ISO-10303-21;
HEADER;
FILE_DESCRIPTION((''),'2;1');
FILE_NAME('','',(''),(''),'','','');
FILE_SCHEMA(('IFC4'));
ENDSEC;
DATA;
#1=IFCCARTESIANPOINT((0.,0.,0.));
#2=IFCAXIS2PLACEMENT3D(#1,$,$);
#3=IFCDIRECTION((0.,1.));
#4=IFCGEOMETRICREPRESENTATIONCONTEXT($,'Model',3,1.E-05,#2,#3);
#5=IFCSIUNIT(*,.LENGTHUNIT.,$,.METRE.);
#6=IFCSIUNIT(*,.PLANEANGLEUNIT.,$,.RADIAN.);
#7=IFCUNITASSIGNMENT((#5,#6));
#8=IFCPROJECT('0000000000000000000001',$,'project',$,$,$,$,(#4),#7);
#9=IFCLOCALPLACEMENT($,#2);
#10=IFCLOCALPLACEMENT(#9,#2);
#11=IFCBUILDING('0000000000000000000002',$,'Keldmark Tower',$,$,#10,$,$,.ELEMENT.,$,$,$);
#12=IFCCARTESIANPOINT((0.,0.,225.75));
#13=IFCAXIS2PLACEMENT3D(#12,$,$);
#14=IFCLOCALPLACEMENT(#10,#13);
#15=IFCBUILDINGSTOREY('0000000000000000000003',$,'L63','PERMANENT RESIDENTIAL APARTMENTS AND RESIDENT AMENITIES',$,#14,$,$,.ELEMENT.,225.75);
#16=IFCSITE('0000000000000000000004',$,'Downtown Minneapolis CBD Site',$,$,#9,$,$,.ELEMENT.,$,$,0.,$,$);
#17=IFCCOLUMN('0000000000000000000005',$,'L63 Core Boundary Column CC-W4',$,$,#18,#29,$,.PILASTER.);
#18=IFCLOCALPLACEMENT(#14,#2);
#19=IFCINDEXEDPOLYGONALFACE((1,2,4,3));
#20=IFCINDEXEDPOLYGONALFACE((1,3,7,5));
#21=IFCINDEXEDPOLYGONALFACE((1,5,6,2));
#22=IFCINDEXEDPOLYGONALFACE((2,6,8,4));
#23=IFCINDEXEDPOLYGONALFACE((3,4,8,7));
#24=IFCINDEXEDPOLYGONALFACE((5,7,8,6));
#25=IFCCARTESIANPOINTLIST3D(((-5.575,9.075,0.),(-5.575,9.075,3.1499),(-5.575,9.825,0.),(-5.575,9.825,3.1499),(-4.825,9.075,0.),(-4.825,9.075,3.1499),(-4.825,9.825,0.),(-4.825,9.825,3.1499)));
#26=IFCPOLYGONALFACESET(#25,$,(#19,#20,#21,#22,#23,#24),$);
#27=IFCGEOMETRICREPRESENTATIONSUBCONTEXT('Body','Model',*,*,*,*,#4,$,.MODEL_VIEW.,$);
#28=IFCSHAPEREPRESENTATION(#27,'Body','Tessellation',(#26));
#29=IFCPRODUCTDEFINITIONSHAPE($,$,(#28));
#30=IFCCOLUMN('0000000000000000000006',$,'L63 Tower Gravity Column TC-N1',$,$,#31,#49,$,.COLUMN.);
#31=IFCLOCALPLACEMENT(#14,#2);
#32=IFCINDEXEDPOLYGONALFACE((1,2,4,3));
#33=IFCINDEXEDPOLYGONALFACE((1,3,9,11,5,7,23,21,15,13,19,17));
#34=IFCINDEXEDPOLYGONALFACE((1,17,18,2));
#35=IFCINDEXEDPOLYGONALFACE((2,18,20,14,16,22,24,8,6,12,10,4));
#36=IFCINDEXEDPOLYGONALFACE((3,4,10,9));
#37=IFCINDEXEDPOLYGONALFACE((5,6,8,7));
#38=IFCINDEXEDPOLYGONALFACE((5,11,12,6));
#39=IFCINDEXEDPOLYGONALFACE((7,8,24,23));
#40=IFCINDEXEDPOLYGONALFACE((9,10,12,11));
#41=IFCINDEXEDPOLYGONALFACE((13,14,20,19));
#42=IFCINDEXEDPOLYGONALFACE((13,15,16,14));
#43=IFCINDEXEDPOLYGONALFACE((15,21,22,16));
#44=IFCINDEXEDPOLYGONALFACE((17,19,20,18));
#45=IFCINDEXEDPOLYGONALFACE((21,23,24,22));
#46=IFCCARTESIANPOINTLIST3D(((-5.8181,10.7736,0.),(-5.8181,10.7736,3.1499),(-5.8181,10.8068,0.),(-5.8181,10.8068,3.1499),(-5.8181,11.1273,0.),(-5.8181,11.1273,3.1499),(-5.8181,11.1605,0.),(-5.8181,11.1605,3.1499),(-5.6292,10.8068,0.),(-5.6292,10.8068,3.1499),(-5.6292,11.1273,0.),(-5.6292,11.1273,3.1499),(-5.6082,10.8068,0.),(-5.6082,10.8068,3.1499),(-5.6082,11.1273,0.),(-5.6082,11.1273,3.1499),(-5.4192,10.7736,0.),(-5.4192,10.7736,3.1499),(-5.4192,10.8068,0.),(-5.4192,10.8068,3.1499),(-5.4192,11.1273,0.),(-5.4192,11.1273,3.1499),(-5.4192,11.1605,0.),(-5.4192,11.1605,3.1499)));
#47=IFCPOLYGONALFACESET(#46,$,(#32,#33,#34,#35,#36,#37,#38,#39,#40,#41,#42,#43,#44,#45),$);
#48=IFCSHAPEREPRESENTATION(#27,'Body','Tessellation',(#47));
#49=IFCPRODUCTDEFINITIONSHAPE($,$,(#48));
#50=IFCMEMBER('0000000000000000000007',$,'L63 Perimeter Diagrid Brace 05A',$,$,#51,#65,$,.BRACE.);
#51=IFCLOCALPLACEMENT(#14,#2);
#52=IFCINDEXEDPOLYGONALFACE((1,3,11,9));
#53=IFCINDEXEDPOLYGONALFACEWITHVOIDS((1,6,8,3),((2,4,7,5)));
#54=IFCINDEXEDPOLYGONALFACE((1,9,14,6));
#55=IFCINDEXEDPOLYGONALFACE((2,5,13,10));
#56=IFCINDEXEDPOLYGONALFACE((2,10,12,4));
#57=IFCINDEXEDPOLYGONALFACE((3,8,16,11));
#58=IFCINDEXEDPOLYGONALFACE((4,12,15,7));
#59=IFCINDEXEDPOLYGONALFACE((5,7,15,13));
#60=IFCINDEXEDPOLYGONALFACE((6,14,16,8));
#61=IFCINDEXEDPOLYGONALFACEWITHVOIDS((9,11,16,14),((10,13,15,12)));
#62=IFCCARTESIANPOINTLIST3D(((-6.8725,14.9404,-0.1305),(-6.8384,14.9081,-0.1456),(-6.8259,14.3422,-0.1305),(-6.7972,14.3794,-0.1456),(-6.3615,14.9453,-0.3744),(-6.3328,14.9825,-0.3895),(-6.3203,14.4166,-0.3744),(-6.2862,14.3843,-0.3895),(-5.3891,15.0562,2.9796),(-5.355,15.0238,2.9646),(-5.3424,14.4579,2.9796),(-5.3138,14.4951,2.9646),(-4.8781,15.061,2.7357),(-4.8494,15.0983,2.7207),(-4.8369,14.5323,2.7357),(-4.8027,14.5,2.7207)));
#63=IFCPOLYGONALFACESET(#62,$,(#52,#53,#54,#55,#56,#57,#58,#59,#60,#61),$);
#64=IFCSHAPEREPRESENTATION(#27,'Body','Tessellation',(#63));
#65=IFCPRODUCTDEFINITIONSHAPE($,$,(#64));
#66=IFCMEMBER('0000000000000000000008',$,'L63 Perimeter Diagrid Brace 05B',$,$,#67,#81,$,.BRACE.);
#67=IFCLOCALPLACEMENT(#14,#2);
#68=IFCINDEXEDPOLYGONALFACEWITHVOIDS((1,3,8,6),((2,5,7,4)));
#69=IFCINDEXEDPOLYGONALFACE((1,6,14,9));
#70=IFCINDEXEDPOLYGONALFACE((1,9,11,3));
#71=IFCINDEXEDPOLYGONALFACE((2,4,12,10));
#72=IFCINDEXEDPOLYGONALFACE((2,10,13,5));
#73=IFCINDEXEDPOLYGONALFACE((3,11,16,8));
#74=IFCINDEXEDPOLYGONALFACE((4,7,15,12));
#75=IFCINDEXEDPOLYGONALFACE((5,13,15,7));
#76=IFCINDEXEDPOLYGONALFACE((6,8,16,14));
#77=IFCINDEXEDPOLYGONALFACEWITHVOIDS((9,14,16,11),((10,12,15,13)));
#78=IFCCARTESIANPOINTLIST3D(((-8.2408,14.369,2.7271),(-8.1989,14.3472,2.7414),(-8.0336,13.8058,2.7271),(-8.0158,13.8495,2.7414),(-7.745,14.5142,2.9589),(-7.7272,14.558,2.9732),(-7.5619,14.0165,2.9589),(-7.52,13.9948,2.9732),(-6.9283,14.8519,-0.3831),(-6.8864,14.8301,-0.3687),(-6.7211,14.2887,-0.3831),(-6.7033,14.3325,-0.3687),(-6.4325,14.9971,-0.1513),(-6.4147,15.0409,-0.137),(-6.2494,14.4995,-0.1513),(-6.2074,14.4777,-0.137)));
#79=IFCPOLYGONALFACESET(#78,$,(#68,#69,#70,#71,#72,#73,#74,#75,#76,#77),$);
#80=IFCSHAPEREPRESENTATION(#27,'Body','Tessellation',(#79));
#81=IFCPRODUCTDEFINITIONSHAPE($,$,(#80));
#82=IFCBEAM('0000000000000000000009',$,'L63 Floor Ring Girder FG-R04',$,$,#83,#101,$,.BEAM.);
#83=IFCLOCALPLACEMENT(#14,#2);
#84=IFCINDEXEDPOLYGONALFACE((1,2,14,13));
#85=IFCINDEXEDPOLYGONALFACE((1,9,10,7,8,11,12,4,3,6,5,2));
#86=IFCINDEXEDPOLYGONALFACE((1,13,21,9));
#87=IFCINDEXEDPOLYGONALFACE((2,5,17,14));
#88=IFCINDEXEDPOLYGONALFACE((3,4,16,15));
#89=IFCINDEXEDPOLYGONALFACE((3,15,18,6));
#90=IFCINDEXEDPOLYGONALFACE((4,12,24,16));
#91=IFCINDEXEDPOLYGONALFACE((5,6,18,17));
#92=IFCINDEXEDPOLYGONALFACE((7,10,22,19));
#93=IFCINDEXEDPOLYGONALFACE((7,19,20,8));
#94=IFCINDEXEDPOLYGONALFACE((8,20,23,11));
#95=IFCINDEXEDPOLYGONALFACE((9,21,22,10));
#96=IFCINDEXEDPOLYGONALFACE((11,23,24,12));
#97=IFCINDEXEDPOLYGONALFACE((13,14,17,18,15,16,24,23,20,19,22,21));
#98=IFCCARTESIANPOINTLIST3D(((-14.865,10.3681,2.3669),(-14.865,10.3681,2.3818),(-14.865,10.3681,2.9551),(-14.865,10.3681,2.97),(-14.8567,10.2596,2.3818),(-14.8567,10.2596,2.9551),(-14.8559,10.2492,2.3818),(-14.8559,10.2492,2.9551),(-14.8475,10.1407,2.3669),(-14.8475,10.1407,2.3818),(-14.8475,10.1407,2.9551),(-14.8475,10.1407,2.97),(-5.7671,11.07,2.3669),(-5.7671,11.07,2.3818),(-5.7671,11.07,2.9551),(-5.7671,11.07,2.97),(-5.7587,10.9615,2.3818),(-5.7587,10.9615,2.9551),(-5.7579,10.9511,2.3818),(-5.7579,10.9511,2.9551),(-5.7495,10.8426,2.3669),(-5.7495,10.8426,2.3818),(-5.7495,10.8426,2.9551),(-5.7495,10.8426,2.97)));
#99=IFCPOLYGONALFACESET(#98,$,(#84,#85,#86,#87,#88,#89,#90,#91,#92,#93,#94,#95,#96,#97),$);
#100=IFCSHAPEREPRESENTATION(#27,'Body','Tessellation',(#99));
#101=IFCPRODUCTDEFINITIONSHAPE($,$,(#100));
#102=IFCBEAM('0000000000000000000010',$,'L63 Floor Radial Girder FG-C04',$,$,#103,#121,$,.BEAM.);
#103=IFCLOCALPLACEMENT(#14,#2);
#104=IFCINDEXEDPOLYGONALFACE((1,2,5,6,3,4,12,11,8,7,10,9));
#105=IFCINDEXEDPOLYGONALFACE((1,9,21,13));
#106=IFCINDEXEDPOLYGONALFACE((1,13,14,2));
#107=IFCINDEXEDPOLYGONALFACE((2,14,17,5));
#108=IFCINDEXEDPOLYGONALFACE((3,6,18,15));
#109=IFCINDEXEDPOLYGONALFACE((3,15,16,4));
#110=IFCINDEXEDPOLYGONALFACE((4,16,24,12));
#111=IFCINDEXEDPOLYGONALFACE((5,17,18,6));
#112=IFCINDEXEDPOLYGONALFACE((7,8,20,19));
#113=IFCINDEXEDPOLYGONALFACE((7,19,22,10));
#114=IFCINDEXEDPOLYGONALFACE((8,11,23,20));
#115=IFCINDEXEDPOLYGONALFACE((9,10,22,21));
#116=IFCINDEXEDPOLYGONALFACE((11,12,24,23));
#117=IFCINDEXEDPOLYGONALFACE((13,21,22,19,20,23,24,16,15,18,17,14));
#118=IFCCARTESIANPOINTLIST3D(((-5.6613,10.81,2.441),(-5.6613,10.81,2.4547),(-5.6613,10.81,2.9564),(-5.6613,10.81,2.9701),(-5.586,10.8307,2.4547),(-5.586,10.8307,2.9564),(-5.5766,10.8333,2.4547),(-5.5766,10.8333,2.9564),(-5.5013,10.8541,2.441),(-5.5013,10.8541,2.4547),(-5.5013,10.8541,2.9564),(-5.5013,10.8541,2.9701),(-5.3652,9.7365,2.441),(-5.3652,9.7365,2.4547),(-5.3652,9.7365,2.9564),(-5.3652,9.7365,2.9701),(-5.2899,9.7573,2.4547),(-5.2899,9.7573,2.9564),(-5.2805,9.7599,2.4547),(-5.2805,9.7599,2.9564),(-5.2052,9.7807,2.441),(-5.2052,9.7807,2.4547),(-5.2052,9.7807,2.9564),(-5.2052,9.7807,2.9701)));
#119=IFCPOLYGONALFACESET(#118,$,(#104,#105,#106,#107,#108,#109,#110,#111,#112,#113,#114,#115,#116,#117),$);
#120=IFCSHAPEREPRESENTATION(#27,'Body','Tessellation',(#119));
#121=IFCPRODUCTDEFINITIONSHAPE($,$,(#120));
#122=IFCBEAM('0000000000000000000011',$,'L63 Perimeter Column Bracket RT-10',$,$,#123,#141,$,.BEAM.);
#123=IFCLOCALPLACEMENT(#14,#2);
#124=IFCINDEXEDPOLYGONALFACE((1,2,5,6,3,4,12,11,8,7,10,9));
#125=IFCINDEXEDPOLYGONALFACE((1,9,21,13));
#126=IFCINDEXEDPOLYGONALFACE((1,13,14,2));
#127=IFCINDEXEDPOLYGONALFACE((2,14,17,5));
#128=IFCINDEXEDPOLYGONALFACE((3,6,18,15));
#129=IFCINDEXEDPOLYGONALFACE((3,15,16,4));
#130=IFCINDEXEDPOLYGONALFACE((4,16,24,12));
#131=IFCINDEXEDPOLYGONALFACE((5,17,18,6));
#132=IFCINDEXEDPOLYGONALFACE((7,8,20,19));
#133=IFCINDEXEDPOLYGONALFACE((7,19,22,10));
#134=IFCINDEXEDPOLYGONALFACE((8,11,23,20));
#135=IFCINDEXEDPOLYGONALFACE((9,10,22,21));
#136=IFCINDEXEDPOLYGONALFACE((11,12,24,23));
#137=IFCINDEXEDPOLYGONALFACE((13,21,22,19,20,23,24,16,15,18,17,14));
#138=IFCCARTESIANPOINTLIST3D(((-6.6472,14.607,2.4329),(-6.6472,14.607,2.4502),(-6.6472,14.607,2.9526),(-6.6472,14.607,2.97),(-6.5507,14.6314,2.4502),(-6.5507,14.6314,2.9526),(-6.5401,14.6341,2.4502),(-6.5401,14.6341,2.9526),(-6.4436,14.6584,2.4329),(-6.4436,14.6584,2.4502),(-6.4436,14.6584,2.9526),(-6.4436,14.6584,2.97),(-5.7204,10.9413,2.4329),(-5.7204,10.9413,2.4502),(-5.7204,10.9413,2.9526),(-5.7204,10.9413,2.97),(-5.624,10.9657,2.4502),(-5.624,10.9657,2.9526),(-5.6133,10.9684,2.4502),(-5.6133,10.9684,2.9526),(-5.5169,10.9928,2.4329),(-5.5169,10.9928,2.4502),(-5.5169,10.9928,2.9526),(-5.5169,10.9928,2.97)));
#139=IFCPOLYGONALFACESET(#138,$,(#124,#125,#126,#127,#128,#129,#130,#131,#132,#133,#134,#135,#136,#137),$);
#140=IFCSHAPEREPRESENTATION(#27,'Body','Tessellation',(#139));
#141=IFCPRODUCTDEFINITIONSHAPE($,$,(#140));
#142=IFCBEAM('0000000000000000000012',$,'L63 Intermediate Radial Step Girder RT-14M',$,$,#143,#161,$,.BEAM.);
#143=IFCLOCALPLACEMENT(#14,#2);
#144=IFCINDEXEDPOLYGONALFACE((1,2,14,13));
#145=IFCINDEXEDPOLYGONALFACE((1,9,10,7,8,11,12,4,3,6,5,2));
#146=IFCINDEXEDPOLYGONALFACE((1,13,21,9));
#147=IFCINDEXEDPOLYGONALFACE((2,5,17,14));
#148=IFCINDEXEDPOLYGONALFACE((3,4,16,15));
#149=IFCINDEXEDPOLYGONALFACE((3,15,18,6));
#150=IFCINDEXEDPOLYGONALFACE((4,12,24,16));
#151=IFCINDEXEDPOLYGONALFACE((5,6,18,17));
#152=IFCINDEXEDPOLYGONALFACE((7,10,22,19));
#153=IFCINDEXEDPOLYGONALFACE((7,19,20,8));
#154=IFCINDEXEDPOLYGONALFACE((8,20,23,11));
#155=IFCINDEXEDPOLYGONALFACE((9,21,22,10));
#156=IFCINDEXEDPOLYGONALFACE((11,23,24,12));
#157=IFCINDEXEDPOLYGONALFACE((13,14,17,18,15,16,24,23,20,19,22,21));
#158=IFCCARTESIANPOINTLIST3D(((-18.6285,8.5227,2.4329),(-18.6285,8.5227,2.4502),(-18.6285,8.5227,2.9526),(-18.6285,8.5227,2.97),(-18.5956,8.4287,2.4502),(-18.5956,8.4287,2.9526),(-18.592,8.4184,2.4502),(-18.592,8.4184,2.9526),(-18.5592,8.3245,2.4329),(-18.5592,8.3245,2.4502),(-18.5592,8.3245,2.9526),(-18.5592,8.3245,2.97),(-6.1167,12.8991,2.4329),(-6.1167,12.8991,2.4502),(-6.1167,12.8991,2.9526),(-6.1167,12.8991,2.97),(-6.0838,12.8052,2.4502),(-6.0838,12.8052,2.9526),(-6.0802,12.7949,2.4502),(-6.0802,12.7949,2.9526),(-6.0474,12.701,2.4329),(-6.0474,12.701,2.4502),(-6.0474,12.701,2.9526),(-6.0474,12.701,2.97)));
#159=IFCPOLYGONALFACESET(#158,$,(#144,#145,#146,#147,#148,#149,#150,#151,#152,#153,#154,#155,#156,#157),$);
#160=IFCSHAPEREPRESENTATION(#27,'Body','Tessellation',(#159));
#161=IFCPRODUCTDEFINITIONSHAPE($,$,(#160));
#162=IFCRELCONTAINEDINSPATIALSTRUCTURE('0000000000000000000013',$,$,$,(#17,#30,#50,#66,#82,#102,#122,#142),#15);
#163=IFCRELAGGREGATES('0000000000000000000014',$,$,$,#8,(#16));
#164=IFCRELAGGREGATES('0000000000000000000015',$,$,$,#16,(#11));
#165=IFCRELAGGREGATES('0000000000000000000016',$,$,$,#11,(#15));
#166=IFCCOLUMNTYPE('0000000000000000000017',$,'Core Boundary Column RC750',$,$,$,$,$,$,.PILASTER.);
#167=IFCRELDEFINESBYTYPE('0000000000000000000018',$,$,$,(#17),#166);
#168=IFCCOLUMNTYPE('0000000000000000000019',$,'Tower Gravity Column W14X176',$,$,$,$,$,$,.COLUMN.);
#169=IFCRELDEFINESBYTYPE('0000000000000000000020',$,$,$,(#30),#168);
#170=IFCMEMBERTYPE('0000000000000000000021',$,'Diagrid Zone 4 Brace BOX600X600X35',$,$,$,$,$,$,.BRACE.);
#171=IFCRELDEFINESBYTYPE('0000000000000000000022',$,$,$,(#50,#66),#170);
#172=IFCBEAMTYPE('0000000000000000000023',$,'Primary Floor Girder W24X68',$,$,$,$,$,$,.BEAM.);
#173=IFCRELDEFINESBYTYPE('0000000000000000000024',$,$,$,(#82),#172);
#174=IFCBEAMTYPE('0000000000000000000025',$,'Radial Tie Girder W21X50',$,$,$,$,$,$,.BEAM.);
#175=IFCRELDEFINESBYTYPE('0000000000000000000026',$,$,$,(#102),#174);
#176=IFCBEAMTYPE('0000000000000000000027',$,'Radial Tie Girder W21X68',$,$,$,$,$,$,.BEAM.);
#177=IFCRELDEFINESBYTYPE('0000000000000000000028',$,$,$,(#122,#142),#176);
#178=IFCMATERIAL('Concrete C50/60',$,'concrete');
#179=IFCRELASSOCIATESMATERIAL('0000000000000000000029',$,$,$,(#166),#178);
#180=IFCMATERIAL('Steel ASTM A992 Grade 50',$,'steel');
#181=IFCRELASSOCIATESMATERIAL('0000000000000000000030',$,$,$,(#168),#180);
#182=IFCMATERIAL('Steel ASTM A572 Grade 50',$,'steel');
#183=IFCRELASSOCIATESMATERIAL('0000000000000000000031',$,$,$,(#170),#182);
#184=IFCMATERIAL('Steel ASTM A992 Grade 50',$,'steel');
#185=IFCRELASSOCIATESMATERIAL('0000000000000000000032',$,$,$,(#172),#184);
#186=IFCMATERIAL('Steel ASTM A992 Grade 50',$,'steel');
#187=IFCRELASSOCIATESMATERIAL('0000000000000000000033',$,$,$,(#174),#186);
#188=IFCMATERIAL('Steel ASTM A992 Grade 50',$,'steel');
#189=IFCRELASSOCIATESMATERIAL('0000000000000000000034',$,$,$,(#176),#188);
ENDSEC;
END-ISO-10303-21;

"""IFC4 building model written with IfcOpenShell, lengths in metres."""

from ifc_helpers import new_model, si_unit, direction, frame, origin, origin_2d, place, context, subcontext, project, spatial, rectangle, hollow_rectangle, i_section, extrude, material, material_profile, profile_set, type_object, element, save


model = new_model("IFC4")

# Units and contexts
model_context = context("Model", 3, precision=1e-05, world=origin(), true_north=direction((0.0, 1.0)))
body_context = subcontext(model_context, "Body", "Model", "MODEL_VIEW")
ifc_project = project(units=[si_unit("LENGTHUNIT", "METRE"), si_unit("PLANEANGLEUNIT", "RADIAN")], contexts=[model_context])

# Site, building, storey
site_placement = place(None, origin())
site = spatial("IfcSite", under=ifc_project, at=site_placement, Name="Downtown Minneapolis CBD Site", CompositionType="ELEMENT", RefElevation=0.0)
building_placement = place(site_placement, origin())
building = spatial("IfcBuilding", under=site, at=building_placement, Name="Keldmark Tower", CompositionType="ELEMENT")
storey_placement = place(building_placement, frame((0.0, 0.0, 225.75)))
storey = spatial("IfcBuildingStorey", under=building, at=storey_placement, Name="L63", Description="PERMANENT RESIDENTIAL APARTMENTS AND RESIDENT AMENITIES", CompositionType="ELEMENT", Elevation=225.75)

# Columns
ifc_material_1 = material(Name="Concrete C50/60", Category="concrete")
ifc_material_profile_1 = material_profile(ifc_material_1, rectangle(XDim=0.75, YDim=0.75, at=origin_2d()), Name="RC750X750")
ifc_profile_set_1 = profile_set([ifc_material_profile_1], Name="Concrete C50/60")
column_type_1 = type_object("IfcColumnType", Name="Core Boundary Column RC750", PredefinedType="PILASTER", material=ifc_profile_set_1)
column_1_placement = place(storey_placement, frame((-5.2, 9.45, 0.0), z_axis=(0.0, 0.0, 1.0), x_axis=(1.0, 0.0, 0.0)))
element("IfcColumn", 1, at=column_1_placement, inside=storey, type_object=column_type_1, Name="L63 Core Boundary Column CC-W4", PredefinedType="PILASTER", context=body_context, shape_type="SweptSolid", body=[
    extrude(rectangle(XDim=0.75, YDim=0.75, at=origin_2d()), origin(), (0.0, 0.0, 1.0), 3.1499),
])
ifc_material_2 = material(Name="Steel ASTM A992 Grade 50", Category="steel")
ifc_material_profile_2 = material_profile(ifc_material_2, i_section(OverallWidth=0.3989, OverallDepth=0.387, WebThickness=0.021, FlangeThickness=0.0332, at=origin_2d()), Name="W14X176")
ifc_profile_set_2 = profile_set([ifc_material_profile_2], Name="Steel ASTM A992 Grade 50")
column_type_2 = type_object("IfcColumnType", Name="Tower Gravity Column W14X176", PredefinedType="COLUMN", material=ifc_profile_set_2)
column_2_placement = place(storey_placement, frame((-5.6187, 10.967, 0.0), z_axis=(0.0, 0.0, 1.0), x_axis=(1.0, 0.0, 0.0)))
element("IfcColumn", 2, at=column_2_placement, inside=storey, type_object=column_type_2, Name="L63 Tower Gravity Column TC-N1", PredefinedType="COLUMN", context=body_context, shape_type="SweptSolid", body=[
    extrude(i_section(OverallWidth=0.3989, OverallDepth=0.387, WebThickness=0.021, FlangeThickness=0.0332, at=origin_2d()), origin(), (0.0, 0.0, 1.0), 3.1499),
])

# Members
ifc_material_3 = material(Name="Steel ASTM A572 Grade 50", Category="steel")
ifc_material_profile_3 = material_profile(ifc_material_3, hollow_rectangle(XDim=0.6001, YDim=0.6001, WallThickness=0.0349, at=origin_2d()), Name="BOX600X600X35")
ifc_profile_set_3 = profile_set([ifc_material_profile_3], Name="Steel ASTM A572 Grade 50")
member_type = type_object("IfcMemberType", Name="Diagrid Zone 4 Brace BOX600X600X35", PredefinedType="BRACE", material=ifc_profile_set_3)
member_1_placement = place(storey_placement, frame((-6.5793, 14.6624, -0.26), z_axis=(0.430257, 0.033565, 0.902082), x_axis=(-0.077776, 0.996971, 0.0)))
element("IfcMember", 3, at=member_1_placement, inside=storey, type_object=member_type, Name="L63 Perimeter Diagrid Brace 05A", PredefinedType="BRACE", context=body_context, shape_type="SweptSolid", body=[
    extrude(hollow_rectangle(XDim=0.6001, YDim=0.6001, WallThickness=0.0349, at=origin_2d()), origin(), (0.0, 0.0, 1.0), 3.4478),
])
member_2_placement = place(storey_placement, frame((-6.5679, 14.6648, -0.26), z_axis=(-0.384889, -0.141613, 0.912034), x_axis=(0.345301, -0.938492, 0.0)))
element("IfcMember", 4, at=member_2_placement, inside=storey, type_object=member_type, Name="L63 Perimeter Diagrid Brace 05B", PredefinedType="BRACE", context=body_context, shape_type="SweptSolid", body=[
    extrude(hollow_rectangle(XDim=0.6001, YDim=0.6001, WallThickness=0.0349, at=origin_2d()), origin(), (0.0, 0.0, 1.0), 3.4102),
])

# Beams
ifc_material_4 = material(Name="Steel ASTM A992 Grade 50", Category="steel")
ifc_material_profile_4 = material_profile(ifc_material_4, i_section(OverallWidth=0.228, OverallDepth=0.603, WebThickness=0.0105, FlangeThickness=0.0149, at=origin_2d()), Name="W24X68")
ifc_profile_set_4 = profile_set([ifc_material_profile_4], Name="Steel ASTM A992 Grade 50")
beam_type_1 = type_object("IfcBeamType", Name="Primary Floor Girder W24X68", PredefinedType="BEAM", material=ifc_profile_set_4)
beam_1_placement = place(storey_placement, frame((-5.7583, 10.9563, 2.6685), z_axis=(-0.997037, -0.076922, 0.0), x_axis=(0.076922, -0.997037, 0.0)))
element("IfcBeam", 5, at=beam_1_placement, inside=storey, type_object=beam_type_1, Name="L63 Floor Ring Girder FG-R04", PredefinedType="BEAM", context=body_context, shape_type="SweptSolid", body=[
    extrude(i_section(OverallWidth=0.228, OverallDepth=0.603, WebThickness=0.0105, FlangeThickness=0.0149, at=origin_2d()), origin(), (0.0, 0.0, 1.0), 9.125),
])
ifc_material_5 = material(Name="Steel ASTM A992 Grade 50", Category="steel")
ifc_material_profile_5 = material_profile(ifc_material_5, i_section(OverallWidth=0.166, OverallDepth=0.5291, WebThickness=0.0098, FlangeThickness=0.0137, at=origin_2d()), Name="W21X50")
ifc_profile_set_5 = profile_set([ifc_material_profile_5], Name="Steel ASTM A992 Grade 50")
beam_type_2 = type_object("IfcBeamType", Name="Radial Tie Girder W21X50", PredefinedType="BEAM", material=ifc_profile_set_5)
beam_2_placement = place(storey_placement, frame((-5.5813, 10.832, 2.7056), z_axis=(0.265936, -0.963991, 0.0), x_axis=(0.963991, 0.265936, 0.0)))
element("IfcBeam", 6, at=beam_2_placement, inside=storey, type_object=beam_type_2, Name="L63 Floor Radial Girder FG-C04", PredefinedType="BEAM", context=body_context, shape_type="SweptSolid", body=[
    extrude(i_section(OverallWidth=0.166, OverallDepth=0.5291, WebThickness=0.0098, FlangeThickness=0.0137, at=origin_2d()), origin(), (0.0, 0.0, 1.0), 1.1135),
])
ifc_material_6 = material(Name="Steel ASTM A992 Grade 50", Category="steel")
ifc_material_profile_6 = material_profile(ifc_material_6, i_section(OverallWidth=0.21, OverallDepth=0.5371, WebThickness=0.011, FlangeThickness=0.0173, at=origin_2d()), Name="W21X68")
ifc_profile_set_6 = profile_set([ifc_material_profile_6], Name="Steel ASTM A992 Grade 50")
beam_type_3 = type_object("IfcBeamType", Name="Radial Tie Girder W21X68", PredefinedType="BEAM", material=ifc_profile_set_6)
beam_3_placement = place(storey_placement, frame((-5.6187, 10.967, 2.7014), z_axis=(-0.245102, 0.969497, 0.0), x_axis=(-0.969497, -0.245102, 0.0)))
element("IfcBeam", 7, at=beam_3_placement, inside=storey, type_object=beam_type_3, Name="L63 Perimeter Column Bracket RT-10", PredefinedType="BEAM", context=body_context, shape_type="SweptSolid", body=[
    extrude(i_section(OverallWidth=0.21, OverallDepth=0.5371, WebThickness=0.011, FlangeThickness=0.0173, at=origin_2d()), origin(), (0.0, 0.0, 1.0), 3.781),
])
beam_4_placement = place(storey_placement, frame((-6.082, 12.8, 2.7014), z_axis=(-0.94392, -0.330173, 0.0), x_axis=(0.330173, -0.94392, 0.0)))
element("IfcBeam", 8, at=beam_4_placement, inside=storey, type_object=beam_type_3, Name="L63 Intermediate Radial Step Girder RT-14M", PredefinedType="BEAM", context=body_context, shape_type="SweptSolid", body=[
    extrude(i_section(OverallWidth=0.21, OverallDepth=0.5371, WebThickness=0.011, FlangeThickness=0.0173, at=origin_2d()), origin(), (0.0, 0.0, 1.0), 13.2551),
])

save(model, "model.ifc")
